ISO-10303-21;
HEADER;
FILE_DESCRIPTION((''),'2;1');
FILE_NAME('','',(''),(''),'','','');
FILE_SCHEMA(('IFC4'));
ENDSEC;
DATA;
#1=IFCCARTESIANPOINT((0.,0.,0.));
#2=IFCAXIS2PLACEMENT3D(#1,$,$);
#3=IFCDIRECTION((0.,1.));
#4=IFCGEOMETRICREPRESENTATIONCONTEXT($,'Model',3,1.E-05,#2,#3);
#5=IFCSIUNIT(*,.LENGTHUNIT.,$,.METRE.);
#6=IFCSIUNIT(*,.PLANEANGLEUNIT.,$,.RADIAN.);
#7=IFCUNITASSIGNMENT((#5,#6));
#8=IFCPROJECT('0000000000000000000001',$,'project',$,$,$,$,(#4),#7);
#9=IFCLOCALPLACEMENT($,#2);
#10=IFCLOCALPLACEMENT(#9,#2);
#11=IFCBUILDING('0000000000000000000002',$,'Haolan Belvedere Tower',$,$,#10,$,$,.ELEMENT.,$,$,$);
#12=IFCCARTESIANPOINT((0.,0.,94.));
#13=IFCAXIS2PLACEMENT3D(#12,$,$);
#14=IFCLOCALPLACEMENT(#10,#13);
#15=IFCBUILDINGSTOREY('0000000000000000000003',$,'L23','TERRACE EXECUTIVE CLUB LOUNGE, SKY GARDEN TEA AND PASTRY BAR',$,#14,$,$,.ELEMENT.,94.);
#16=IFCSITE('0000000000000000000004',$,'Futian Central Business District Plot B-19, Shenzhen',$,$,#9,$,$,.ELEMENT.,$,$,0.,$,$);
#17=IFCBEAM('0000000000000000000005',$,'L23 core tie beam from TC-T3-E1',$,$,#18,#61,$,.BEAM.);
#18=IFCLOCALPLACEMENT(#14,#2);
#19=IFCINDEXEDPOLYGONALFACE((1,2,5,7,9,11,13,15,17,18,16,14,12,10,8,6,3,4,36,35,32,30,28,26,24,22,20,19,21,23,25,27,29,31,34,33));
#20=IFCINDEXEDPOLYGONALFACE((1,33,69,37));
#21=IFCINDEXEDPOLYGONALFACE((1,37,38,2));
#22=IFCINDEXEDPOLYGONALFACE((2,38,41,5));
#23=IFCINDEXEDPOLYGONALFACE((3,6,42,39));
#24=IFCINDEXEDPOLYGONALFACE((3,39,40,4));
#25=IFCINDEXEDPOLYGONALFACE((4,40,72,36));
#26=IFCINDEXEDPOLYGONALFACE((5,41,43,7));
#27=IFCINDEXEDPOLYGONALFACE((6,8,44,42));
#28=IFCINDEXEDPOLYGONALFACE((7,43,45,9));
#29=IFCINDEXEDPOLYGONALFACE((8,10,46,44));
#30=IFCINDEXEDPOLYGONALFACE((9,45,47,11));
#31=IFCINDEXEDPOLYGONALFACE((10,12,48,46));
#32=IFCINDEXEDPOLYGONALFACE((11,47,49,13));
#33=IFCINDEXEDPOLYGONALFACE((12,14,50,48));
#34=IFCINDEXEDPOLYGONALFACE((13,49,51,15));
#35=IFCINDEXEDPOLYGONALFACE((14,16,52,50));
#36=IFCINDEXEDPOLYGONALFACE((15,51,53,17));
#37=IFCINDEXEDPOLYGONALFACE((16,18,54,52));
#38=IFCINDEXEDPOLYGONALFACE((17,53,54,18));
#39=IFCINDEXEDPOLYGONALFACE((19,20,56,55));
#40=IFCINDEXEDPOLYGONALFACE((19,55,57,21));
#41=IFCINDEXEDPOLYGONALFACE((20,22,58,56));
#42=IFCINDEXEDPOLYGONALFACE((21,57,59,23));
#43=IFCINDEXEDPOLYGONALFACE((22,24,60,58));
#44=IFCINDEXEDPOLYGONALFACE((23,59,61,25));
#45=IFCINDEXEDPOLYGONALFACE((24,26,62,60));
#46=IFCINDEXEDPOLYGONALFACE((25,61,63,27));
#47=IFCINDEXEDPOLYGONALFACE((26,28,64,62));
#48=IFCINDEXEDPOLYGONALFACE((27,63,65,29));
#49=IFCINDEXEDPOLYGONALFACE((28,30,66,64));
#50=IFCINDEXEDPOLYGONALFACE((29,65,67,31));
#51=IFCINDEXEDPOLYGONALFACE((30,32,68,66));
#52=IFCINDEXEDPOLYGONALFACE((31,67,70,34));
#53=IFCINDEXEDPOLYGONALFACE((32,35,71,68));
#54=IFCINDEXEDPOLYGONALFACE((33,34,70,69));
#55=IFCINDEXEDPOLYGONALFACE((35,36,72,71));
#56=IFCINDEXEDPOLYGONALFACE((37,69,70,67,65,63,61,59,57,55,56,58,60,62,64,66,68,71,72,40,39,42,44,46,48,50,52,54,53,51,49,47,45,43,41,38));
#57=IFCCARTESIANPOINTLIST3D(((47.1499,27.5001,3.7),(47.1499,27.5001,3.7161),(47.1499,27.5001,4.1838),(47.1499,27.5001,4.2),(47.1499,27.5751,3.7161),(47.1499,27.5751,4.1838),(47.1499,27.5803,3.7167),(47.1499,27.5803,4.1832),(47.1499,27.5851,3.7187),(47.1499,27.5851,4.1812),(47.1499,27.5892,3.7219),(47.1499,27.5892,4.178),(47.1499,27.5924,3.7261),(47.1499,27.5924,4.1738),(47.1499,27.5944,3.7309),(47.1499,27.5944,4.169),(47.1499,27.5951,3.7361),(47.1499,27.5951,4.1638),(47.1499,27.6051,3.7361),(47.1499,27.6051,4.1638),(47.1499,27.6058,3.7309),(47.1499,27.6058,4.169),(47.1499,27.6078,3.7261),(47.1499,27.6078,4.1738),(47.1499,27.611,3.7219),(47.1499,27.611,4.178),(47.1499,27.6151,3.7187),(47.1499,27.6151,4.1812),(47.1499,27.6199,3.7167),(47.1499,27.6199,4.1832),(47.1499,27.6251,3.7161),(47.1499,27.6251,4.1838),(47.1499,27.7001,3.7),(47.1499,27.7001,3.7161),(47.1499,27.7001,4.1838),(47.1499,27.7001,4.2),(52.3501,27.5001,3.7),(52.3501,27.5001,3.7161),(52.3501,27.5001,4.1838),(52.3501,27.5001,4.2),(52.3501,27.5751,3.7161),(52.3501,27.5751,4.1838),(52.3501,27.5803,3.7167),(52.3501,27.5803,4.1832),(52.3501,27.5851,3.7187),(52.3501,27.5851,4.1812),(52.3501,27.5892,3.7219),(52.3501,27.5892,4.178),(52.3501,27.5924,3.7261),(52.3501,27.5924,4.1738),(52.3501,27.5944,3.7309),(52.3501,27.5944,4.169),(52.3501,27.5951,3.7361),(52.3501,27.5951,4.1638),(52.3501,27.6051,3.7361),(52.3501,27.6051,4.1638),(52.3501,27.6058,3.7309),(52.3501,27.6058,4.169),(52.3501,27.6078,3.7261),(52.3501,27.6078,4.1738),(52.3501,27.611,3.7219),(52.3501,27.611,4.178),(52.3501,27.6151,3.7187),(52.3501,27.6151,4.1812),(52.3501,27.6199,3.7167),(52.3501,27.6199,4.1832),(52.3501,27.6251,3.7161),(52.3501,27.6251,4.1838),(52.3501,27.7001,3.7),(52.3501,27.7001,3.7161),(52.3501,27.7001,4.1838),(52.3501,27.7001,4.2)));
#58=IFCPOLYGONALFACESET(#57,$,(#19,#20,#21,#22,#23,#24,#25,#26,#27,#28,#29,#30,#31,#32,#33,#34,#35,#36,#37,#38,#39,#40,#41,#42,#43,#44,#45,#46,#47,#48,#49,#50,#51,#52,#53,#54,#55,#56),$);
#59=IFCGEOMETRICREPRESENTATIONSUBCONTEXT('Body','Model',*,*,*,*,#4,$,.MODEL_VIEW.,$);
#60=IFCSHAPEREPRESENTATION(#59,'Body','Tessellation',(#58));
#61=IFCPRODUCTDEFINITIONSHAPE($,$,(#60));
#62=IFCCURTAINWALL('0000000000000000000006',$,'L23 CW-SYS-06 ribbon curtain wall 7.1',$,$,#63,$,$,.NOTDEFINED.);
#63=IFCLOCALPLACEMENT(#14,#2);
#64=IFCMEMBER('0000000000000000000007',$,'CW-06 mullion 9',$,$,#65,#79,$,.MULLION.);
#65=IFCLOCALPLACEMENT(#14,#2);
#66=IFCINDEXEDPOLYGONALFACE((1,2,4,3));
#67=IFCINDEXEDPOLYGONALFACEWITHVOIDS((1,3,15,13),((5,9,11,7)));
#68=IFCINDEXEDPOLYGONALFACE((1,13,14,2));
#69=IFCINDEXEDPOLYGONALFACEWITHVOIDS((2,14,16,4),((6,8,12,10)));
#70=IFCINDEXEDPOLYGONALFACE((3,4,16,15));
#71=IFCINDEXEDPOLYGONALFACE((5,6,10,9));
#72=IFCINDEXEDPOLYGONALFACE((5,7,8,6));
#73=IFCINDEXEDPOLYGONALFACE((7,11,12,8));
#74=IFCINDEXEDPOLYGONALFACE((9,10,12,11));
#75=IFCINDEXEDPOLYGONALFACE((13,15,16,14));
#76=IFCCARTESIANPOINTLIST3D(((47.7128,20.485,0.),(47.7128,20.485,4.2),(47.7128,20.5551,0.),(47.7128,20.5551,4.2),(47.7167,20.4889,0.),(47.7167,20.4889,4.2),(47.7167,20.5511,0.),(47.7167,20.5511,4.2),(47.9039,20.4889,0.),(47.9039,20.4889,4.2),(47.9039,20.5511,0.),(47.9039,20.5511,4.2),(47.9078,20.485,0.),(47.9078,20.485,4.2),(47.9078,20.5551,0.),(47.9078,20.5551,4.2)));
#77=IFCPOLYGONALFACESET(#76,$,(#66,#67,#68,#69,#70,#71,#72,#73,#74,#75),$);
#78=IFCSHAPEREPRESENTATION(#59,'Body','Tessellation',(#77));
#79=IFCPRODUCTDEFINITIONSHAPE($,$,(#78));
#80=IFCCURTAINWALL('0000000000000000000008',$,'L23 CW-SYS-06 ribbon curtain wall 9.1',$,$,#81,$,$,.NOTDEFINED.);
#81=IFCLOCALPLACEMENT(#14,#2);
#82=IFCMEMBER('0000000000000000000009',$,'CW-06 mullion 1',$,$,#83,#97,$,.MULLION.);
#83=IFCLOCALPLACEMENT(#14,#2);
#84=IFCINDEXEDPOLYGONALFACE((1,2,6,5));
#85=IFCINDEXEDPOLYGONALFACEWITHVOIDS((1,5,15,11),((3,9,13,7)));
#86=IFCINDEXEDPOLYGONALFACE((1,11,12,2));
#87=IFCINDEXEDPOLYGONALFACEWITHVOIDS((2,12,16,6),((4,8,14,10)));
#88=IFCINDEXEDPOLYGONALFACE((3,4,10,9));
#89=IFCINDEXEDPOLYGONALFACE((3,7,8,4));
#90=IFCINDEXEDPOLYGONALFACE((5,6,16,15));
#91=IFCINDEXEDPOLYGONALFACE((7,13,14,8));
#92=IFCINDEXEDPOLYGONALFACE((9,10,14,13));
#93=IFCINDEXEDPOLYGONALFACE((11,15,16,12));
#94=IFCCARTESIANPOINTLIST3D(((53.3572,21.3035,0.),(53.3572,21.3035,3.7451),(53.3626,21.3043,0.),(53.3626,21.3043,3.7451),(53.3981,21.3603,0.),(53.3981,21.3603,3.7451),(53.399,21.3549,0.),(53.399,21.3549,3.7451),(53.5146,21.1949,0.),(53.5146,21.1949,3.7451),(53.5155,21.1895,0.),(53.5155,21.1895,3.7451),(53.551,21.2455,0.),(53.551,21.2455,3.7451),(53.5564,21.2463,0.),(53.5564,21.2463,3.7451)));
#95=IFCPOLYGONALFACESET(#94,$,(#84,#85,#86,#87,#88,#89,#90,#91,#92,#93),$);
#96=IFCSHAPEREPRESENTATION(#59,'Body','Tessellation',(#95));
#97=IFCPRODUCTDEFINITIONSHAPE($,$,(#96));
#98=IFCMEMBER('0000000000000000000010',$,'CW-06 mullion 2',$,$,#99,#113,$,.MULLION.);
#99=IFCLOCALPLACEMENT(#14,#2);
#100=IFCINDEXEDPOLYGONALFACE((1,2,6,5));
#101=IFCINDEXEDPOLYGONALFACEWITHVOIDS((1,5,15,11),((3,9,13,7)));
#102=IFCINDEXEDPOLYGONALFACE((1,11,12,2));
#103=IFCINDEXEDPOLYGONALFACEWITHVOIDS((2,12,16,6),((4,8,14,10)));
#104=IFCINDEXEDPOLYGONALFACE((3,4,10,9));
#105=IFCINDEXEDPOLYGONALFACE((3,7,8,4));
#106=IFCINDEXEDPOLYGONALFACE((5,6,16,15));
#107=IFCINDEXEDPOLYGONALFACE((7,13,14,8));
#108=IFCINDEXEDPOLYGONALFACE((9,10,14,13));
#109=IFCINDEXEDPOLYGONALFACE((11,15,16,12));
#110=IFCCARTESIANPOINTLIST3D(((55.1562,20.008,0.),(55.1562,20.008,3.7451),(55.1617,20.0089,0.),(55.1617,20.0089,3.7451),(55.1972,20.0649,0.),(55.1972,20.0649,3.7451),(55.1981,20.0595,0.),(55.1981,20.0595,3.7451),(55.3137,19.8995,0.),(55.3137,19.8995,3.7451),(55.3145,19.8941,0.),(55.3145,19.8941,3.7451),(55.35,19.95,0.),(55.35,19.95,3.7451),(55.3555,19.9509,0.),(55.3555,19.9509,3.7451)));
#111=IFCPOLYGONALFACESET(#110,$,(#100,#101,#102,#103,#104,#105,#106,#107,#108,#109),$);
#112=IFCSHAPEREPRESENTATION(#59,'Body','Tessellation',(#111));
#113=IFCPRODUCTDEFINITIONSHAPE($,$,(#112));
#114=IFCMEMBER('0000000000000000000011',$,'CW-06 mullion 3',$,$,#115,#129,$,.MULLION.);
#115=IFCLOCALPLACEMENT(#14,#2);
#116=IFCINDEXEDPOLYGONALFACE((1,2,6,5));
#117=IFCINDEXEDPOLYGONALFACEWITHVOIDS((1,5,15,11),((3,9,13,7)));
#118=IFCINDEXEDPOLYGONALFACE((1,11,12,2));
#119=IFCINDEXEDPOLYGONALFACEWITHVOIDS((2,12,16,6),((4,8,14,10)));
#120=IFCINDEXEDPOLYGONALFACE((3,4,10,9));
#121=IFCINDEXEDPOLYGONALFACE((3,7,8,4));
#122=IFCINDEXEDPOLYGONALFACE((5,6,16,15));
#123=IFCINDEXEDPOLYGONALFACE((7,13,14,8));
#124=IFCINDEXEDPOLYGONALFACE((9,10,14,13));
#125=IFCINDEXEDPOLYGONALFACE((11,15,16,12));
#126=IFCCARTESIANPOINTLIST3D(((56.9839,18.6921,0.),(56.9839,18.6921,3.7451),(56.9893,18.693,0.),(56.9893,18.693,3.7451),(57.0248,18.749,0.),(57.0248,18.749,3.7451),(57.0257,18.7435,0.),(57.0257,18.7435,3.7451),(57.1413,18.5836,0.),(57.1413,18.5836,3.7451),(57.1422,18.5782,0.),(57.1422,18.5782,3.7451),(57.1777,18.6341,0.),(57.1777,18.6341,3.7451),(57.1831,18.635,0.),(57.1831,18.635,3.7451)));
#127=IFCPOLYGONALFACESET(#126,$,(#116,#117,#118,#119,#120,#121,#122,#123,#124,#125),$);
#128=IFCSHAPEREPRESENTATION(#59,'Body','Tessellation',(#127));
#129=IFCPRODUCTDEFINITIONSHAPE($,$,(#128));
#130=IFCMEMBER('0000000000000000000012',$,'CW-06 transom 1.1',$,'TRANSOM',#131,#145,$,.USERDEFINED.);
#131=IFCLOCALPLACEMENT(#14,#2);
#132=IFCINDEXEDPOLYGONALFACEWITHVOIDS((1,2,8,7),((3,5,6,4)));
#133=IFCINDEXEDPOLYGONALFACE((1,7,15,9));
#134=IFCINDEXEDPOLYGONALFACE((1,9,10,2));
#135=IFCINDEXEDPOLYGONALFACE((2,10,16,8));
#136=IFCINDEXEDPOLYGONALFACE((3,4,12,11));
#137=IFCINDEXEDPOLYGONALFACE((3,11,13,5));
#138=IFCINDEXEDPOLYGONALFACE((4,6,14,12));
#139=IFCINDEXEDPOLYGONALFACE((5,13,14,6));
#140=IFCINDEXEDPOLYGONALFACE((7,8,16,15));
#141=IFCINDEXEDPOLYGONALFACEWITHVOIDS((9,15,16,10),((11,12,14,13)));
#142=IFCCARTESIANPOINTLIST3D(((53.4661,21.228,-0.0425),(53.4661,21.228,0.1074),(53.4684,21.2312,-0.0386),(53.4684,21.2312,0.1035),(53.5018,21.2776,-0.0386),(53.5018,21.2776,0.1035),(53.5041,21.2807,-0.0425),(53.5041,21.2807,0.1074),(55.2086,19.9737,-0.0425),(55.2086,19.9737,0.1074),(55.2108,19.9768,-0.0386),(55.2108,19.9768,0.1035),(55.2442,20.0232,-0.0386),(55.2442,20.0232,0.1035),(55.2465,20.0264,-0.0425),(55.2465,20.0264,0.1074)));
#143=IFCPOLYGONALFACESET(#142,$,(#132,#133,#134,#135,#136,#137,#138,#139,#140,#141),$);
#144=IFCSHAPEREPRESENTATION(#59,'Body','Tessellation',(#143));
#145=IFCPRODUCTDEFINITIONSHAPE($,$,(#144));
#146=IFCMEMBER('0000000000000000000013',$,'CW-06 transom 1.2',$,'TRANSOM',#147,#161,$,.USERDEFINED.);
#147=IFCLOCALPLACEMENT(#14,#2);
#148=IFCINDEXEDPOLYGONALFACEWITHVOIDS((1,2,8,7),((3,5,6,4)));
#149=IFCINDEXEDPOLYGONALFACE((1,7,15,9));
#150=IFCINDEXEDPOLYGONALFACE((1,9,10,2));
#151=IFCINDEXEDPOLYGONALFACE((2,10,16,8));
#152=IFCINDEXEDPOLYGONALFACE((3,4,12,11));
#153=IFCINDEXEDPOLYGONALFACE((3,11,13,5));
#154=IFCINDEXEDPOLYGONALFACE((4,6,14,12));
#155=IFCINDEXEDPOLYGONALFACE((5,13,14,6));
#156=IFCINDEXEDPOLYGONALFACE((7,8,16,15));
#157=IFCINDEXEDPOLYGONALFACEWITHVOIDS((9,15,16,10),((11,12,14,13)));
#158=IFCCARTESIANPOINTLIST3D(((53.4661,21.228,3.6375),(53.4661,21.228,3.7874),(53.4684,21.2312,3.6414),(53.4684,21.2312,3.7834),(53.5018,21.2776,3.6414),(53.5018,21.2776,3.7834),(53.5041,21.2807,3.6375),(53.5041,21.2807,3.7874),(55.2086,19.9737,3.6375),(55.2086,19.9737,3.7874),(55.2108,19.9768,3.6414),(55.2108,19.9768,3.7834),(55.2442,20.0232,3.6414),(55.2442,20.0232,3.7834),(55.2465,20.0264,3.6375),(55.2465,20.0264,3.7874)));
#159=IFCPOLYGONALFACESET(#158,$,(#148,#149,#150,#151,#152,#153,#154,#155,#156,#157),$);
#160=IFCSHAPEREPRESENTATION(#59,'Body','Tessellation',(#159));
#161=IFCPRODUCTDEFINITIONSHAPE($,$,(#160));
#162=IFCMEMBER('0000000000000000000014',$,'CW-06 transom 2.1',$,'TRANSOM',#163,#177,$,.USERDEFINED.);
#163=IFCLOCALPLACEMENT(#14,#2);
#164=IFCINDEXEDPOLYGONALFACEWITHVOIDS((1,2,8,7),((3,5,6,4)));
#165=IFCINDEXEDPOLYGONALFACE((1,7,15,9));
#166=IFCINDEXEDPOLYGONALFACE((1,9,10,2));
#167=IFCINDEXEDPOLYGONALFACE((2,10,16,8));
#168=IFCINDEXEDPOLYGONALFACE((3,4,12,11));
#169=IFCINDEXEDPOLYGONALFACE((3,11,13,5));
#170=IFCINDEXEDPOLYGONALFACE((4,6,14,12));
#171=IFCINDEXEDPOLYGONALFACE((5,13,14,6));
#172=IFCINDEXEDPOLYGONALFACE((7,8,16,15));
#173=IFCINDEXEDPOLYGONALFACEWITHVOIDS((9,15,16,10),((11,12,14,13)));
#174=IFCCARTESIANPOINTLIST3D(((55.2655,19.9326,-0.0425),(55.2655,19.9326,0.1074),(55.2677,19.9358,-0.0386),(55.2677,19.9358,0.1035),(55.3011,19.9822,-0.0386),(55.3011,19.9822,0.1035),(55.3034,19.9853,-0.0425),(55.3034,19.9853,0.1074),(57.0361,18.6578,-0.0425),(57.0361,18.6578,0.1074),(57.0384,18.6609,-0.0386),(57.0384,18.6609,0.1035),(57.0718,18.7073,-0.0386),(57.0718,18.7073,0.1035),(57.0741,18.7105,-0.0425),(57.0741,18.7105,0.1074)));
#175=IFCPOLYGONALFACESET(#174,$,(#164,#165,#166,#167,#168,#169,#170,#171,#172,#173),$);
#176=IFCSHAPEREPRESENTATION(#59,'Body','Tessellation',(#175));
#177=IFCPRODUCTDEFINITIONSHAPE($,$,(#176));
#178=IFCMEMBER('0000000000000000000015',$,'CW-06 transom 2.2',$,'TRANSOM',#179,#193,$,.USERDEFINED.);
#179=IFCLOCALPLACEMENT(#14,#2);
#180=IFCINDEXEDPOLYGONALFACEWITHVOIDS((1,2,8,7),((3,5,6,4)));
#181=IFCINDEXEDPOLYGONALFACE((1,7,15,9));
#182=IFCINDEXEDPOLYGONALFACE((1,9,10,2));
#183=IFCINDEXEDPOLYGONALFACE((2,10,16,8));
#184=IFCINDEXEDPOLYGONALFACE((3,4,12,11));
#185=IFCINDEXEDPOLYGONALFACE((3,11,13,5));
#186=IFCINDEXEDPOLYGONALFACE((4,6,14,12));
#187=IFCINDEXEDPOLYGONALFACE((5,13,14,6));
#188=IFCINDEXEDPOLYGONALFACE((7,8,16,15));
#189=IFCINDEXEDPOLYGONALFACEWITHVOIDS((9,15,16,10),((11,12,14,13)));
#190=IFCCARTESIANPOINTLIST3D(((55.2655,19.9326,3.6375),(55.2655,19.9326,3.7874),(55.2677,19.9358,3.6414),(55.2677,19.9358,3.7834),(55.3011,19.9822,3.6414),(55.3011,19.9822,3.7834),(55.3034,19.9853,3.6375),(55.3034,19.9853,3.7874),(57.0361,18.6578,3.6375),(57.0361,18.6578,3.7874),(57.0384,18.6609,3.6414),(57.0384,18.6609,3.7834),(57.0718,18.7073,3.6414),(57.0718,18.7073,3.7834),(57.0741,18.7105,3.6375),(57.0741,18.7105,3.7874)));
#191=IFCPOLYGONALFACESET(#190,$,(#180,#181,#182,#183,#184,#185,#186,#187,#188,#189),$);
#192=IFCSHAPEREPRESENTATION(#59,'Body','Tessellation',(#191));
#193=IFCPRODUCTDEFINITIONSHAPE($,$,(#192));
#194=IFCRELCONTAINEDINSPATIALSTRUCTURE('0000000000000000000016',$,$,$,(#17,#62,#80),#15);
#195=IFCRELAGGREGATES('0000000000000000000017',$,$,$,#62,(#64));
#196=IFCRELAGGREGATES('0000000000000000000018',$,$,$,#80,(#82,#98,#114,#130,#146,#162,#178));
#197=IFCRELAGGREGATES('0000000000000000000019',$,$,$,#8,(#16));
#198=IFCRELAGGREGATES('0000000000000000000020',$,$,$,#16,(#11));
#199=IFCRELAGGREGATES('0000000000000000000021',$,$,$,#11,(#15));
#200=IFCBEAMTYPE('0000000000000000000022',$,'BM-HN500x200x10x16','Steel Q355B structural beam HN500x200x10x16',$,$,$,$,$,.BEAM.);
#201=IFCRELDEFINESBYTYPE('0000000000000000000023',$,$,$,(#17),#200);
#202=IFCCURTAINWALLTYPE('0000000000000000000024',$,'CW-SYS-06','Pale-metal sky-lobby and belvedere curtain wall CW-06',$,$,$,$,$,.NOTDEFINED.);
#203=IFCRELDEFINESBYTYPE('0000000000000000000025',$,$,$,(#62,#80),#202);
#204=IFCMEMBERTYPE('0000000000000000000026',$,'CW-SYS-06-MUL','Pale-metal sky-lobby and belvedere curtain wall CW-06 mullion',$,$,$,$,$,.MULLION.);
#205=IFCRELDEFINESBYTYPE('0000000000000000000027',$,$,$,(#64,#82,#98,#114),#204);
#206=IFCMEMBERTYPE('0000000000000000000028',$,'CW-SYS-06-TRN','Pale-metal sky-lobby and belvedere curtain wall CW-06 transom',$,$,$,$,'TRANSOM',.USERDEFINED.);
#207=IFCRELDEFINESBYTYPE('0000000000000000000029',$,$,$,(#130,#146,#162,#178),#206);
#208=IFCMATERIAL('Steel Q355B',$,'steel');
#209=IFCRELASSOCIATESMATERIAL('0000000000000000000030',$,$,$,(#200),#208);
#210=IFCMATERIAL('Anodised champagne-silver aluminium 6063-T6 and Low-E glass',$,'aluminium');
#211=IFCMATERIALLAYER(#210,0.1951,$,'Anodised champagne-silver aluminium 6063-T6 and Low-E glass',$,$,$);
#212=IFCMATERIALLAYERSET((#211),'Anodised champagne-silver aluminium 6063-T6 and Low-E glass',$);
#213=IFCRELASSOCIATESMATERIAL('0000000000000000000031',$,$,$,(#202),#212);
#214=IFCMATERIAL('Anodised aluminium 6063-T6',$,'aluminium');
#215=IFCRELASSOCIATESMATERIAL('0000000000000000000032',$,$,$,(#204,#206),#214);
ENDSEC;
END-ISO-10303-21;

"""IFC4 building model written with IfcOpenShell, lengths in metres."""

from ifc_helpers import new_model, si_unit, direction, frame, origin, origin_2d, place, context, subcontext, project, spatial, hollow_rectangle, i_section, extrude, material, layer, layer_set, material_profile, profile_set, type_object, element, aggregate, save


model = new_model("IFC4")

# Units and contexts
model_context = context("Model", 3, precision=1e-05, world=origin(), true_north=direction((0.0, 1.0)))
body_context = subcontext(model_context, "Body", "Model", "MODEL_VIEW")
ifc_project = project(units=[si_unit("LENGTHUNIT", "METRE"), si_unit("PLANEANGLEUNIT", "RADIAN")], contexts=[model_context])

# Site, building, storey
site_placement = place(None, origin())
site = spatial("IfcSite", under=ifc_project, at=site_placement, Name="Futian Central Business District Plot B-19, Shenzhen", CompositionType="ELEMENT", RefElevation=0.0)
building_placement = place(site_placement, origin())
building = spatial("IfcBuilding", under=site, at=building_placement, Name="Haolan Belvedere Tower", CompositionType="ELEMENT")
storey_placement = place(building_placement, frame((0.0, 0.0, 94.0)))
storey = spatial("IfcBuildingStorey", under=building, at=storey_placement, Name="L23", Description="TERRACE EXECUTIVE CLUB LOUNGE, SKY GARDEN TEA AND PASTRY BAR", CompositionType="ELEMENT", Elevation=94.0)

# Beam
ifc_material_1 = material(Name="Steel Q355B", Category="steel")
ifc_material_profile_1 = material_profile(ifc_material_1, i_section(OverallWidth=0.2, OverallDepth=0.5, WebThickness=0.01, FlangeThickness=0.0161, FilletRadius=0.02, at=origin_2d()), Name="Steel Q355B")
ifc_profile_set_1 = profile_set([ifc_material_profile_1], Name="Steel Q355B")
beam_type_1 = type_object("IfcBeamType", Name="BM-HN500x200x10x16", Description="Steel Q355B structural beam HN500x200x10x16", PredefinedType="BEAM", material=ifc_profile_set_1)
beam_1_placement = place(storey_placement, frame((52.3501, 27.6001, 3.95), z_axis=(-1.0, 0.0, 0.0), x_axis=(0.0, -1.0, 0.0)))
element("IfcBeam", 1, at=beam_1_placement, inside=storey, type_object=beam_type_1, Name="L23 core tie beam from TC-T3-E1", PredefinedType="BEAM", context=body_context, shape_type="SweptSolid", body=[
    extrude(i_section(OverallWidth=0.2, OverallDepth=0.5, WebThickness=0.01, FlangeThickness=0.0161, FilletRadius=0.02, at=origin_2d()), origin(), (0.0, 0.0, 1.0), 5.2002),
])

# Curtain wall, member
ifc_material_2 = material(Name="Anodised champagne-silver aluminium 6063-T6 and Low-E glass", Category="aluminium")
ifc_layer_1 = layer(ifc_material_2, 0.1951, Name="Anodised champagne-silver aluminium 6063-T6 and Low-E glass")
ifc_layer_set_1 = layer_set([ifc_layer_1], Name="Anodised champagne-silver aluminium 6063-T6 and Low-E glass")
curtain_wall_type = type_object("IfcCurtainWallType", Name="CW-SYS-06", Description="Pale-metal sky-lobby and belvedere curtain wall CW-06", PredefinedType="NOTDEFINED", material=ifc_layer_set_1)
curtain_wall_1_placement = place(storey_placement, origin())
curtain_wall_1 = element("IfcCurtainWall", 2, at=curtain_wall_1_placement, inside=storey, type_object=curtain_wall_type, Name="L23 CW-SYS-06 ribbon curtain wall 7.1", PredefinedType="NOTDEFINED")
ifc_material_3 = material(Name="Anodised aluminium 6063-T6", Category="aluminium")
ifc_material_profile_2 = material_profile(ifc_material_3, hollow_rectangle(XDim=0.0701, YDim=0.1951, WallThickness=0.0039, at=origin_2d()), Name="Anodised aluminium 6063-T6")
ifc_profile_set_2 = profile_set([ifc_material_profile_2], Name="Anodised aluminium 6063-T6")
member_type_1 = type_object("IfcMemberType", Name="CW-SYS-06-MUL", Description="Pale-metal sky-lobby and belvedere curtain wall CW-06 mullion", PredefinedType="MULLION", material=ifc_profile_set_2)
member_1_placement = place(storey_placement, frame((47.8103, 20.52, 0.0), z_axis=(0.0, 0.0, 1.0), x_axis=(0.0, 1.0, 0.0)))
member_1 = element("IfcMember", 3, at=member_1_placement, type_object=member_type_1, Name="CW-06 mullion 9", PredefinedType="MULLION", context=body_context, shape_type="SweptSolid", body=[
    extrude(hollow_rectangle(XDim=0.0701, YDim=0.1951, WallThickness=0.0039, at=origin_2d()), origin(), (0.0, 0.0, 1.0), 4.2),
])
aggregate(curtain_wall_1, [member_1])

# Curtain wall, members
curtain_wall_2_placement = place(storey_placement, origin())
curtain_wall_2 = element("IfcCurtainWall", 4, at=curtain_wall_2_placement, inside=storey, type_object=curtain_wall_type, Name="L23 CW-SYS-06 ribbon curtain wall 9.1", PredefinedType="NOTDEFINED")
member_2_placement = place(storey_placement, frame((53.4568, 21.2749, 0.0), z_axis=(0.0, 0.0, 1.0), x_axis=(0.584297, 0.81154, 0.0)))
member_2 = element("IfcMember", 5, at=member_2_placement, type_object=member_type_1, Name="CW-06 mullion 1", PredefinedType="MULLION", context=body_context, shape_type="SweptSolid", body=[
    extrude(hollow_rectangle(XDim=0.0701, YDim=0.1951, WallThickness=0.0039, at=origin_2d()), origin(), (0.0, 0.0, 1.0), 3.7451),
])
member_3_placement = place(storey_placement, frame((55.2559, 19.9795, 0.0), z_axis=(0.0, 0.0, 1.0), x_axis=(0.584297, 0.81154, 0.0)))
member_3 = element("IfcMember", 6, at=member_3_placement, type_object=member_type_1, Name="CW-06 mullion 2", PredefinedType="MULLION", context=body_context, shape_type="SweptSolid", body=[
    extrude(hollow_rectangle(XDim=0.0701, YDim=0.1951, WallThickness=0.0039, at=origin_2d()), origin(), (0.0, 0.0, 1.0), 3.7451),
])
member_4_placement = place(storey_placement, frame((57.0835, 18.6636, 0.0), z_axis=(0.0, 0.0, 1.0), x_axis=(0.584297, 0.81154, 0.0)))
member_4 = element("IfcMember", 7, at=member_4_placement, type_object=member_type_1, Name="CW-06 mullion 3", PredefinedType="MULLION", context=body_context, shape_type="SweptSolid", body=[
    extrude(hollow_rectangle(XDim=0.0701, YDim=0.1951, WallThickness=0.0039, at=origin_2d()), origin(), (0.0, 0.0, 1.0), 3.7451),
])
ifc_material_profile_3 = material_profile(ifc_material_3, hollow_rectangle(XDim=0.0649, YDim=0.1499, WallThickness=0.0039, at=origin_2d()), Name="Anodised aluminium 6063-T6")
ifc_profile_set_3 = profile_set([ifc_material_profile_3], Name="Anodised aluminium 6063-T6")
member_type_2 = type_object("IfcMemberType", Name="CW-SYS-06-TRN", Description="Pale-metal sky-lobby and belvedere curtain wall CW-06 transom", ElementType="TRANSOM", PredefinedType="USERDEFINED", material=ifc_profile_set_3)
member_5_placement = place(storey_placement, frame((53.4851, 21.2544, 0.0325), z_axis=(0.811569, -0.584257, 0.0), x_axis=(0.584257, 0.811569, 0.0)))
member_5 = element("IfcMember", 8, at=member_5_placement, type_object=member_type_2, Name="CW-06 transom 1.1", ObjectType="TRANSOM", PredefinedType="USERDEFINED", context=body_context, shape_type="SweptSolid", body=[
    extrude(hollow_rectangle(XDim=0.0649, YDim=0.1499, WallThickness=0.0039, at=origin_2d()), origin(), (0.0, 0.0, 1.0), 2.147),
])
member_6_placement = place(storey_placement, frame((53.4851, 21.2544, 3.7124), z_axis=(0.811569, -0.584257, 0.0), x_axis=(0.584257, 0.811569, 0.0)))
member_6 = element("IfcMember", 9, at=member_6_placement, type_object=member_type_2, Name="CW-06 transom 1.2", ObjectType="TRANSOM", PredefinedType="USERDEFINED", context=body_context, shape_type="SweptSolid", body=[
    extrude(hollow_rectangle(XDim=0.0649, YDim=0.1499, WallThickness=0.0039, at=origin_2d()), origin(), (0.0, 0.0, 1.0), 2.147),
])
member_7_placement = place(storey_placement, frame((55.2844, 19.959, 0.0325), z_axis=(0.811543, -0.584293, 0.0), x_axis=(0.584293, 0.811543, 0.0)))
member_7 = element("IfcMember", 10, at=member_7_placement, type_object=member_type_2, Name="CW-06 transom 2.1", ObjectType="TRANSOM", PredefinedType="USERDEFINED", context=body_context, shape_type="SweptSolid", body=[
    extrude(hollow_rectangle(XDim=0.0649, YDim=0.1499, WallThickness=0.0039, at=origin_2d()), origin(), (0.0, 0.0, 1.0), 2.1819),
])
member_8_placement = place(storey_placement, frame((55.2844, 19.959, 3.7124), z_axis=(0.811543, -0.584293, 0.0), x_axis=(0.584293, 0.811543, 0.0)))
member_8 = element("IfcMember", 11, at=member_8_placement, type_object=member_type_2, Name="CW-06 transom 2.2", ObjectType="TRANSOM", PredefinedType="USERDEFINED", context=body_context, shape_type="SweptSolid", body=[
    extrude(hollow_rectangle(XDim=0.0649, YDim=0.1499, WallThickness=0.0039, at=origin_2d()), origin(), (0.0, 0.0, 1.0), 2.1819),
])
aggregate(curtain_wall_2, [member_2, member_3, member_4, member_5, member_6, member_7, member_8])

save(model, "model.ifc")
